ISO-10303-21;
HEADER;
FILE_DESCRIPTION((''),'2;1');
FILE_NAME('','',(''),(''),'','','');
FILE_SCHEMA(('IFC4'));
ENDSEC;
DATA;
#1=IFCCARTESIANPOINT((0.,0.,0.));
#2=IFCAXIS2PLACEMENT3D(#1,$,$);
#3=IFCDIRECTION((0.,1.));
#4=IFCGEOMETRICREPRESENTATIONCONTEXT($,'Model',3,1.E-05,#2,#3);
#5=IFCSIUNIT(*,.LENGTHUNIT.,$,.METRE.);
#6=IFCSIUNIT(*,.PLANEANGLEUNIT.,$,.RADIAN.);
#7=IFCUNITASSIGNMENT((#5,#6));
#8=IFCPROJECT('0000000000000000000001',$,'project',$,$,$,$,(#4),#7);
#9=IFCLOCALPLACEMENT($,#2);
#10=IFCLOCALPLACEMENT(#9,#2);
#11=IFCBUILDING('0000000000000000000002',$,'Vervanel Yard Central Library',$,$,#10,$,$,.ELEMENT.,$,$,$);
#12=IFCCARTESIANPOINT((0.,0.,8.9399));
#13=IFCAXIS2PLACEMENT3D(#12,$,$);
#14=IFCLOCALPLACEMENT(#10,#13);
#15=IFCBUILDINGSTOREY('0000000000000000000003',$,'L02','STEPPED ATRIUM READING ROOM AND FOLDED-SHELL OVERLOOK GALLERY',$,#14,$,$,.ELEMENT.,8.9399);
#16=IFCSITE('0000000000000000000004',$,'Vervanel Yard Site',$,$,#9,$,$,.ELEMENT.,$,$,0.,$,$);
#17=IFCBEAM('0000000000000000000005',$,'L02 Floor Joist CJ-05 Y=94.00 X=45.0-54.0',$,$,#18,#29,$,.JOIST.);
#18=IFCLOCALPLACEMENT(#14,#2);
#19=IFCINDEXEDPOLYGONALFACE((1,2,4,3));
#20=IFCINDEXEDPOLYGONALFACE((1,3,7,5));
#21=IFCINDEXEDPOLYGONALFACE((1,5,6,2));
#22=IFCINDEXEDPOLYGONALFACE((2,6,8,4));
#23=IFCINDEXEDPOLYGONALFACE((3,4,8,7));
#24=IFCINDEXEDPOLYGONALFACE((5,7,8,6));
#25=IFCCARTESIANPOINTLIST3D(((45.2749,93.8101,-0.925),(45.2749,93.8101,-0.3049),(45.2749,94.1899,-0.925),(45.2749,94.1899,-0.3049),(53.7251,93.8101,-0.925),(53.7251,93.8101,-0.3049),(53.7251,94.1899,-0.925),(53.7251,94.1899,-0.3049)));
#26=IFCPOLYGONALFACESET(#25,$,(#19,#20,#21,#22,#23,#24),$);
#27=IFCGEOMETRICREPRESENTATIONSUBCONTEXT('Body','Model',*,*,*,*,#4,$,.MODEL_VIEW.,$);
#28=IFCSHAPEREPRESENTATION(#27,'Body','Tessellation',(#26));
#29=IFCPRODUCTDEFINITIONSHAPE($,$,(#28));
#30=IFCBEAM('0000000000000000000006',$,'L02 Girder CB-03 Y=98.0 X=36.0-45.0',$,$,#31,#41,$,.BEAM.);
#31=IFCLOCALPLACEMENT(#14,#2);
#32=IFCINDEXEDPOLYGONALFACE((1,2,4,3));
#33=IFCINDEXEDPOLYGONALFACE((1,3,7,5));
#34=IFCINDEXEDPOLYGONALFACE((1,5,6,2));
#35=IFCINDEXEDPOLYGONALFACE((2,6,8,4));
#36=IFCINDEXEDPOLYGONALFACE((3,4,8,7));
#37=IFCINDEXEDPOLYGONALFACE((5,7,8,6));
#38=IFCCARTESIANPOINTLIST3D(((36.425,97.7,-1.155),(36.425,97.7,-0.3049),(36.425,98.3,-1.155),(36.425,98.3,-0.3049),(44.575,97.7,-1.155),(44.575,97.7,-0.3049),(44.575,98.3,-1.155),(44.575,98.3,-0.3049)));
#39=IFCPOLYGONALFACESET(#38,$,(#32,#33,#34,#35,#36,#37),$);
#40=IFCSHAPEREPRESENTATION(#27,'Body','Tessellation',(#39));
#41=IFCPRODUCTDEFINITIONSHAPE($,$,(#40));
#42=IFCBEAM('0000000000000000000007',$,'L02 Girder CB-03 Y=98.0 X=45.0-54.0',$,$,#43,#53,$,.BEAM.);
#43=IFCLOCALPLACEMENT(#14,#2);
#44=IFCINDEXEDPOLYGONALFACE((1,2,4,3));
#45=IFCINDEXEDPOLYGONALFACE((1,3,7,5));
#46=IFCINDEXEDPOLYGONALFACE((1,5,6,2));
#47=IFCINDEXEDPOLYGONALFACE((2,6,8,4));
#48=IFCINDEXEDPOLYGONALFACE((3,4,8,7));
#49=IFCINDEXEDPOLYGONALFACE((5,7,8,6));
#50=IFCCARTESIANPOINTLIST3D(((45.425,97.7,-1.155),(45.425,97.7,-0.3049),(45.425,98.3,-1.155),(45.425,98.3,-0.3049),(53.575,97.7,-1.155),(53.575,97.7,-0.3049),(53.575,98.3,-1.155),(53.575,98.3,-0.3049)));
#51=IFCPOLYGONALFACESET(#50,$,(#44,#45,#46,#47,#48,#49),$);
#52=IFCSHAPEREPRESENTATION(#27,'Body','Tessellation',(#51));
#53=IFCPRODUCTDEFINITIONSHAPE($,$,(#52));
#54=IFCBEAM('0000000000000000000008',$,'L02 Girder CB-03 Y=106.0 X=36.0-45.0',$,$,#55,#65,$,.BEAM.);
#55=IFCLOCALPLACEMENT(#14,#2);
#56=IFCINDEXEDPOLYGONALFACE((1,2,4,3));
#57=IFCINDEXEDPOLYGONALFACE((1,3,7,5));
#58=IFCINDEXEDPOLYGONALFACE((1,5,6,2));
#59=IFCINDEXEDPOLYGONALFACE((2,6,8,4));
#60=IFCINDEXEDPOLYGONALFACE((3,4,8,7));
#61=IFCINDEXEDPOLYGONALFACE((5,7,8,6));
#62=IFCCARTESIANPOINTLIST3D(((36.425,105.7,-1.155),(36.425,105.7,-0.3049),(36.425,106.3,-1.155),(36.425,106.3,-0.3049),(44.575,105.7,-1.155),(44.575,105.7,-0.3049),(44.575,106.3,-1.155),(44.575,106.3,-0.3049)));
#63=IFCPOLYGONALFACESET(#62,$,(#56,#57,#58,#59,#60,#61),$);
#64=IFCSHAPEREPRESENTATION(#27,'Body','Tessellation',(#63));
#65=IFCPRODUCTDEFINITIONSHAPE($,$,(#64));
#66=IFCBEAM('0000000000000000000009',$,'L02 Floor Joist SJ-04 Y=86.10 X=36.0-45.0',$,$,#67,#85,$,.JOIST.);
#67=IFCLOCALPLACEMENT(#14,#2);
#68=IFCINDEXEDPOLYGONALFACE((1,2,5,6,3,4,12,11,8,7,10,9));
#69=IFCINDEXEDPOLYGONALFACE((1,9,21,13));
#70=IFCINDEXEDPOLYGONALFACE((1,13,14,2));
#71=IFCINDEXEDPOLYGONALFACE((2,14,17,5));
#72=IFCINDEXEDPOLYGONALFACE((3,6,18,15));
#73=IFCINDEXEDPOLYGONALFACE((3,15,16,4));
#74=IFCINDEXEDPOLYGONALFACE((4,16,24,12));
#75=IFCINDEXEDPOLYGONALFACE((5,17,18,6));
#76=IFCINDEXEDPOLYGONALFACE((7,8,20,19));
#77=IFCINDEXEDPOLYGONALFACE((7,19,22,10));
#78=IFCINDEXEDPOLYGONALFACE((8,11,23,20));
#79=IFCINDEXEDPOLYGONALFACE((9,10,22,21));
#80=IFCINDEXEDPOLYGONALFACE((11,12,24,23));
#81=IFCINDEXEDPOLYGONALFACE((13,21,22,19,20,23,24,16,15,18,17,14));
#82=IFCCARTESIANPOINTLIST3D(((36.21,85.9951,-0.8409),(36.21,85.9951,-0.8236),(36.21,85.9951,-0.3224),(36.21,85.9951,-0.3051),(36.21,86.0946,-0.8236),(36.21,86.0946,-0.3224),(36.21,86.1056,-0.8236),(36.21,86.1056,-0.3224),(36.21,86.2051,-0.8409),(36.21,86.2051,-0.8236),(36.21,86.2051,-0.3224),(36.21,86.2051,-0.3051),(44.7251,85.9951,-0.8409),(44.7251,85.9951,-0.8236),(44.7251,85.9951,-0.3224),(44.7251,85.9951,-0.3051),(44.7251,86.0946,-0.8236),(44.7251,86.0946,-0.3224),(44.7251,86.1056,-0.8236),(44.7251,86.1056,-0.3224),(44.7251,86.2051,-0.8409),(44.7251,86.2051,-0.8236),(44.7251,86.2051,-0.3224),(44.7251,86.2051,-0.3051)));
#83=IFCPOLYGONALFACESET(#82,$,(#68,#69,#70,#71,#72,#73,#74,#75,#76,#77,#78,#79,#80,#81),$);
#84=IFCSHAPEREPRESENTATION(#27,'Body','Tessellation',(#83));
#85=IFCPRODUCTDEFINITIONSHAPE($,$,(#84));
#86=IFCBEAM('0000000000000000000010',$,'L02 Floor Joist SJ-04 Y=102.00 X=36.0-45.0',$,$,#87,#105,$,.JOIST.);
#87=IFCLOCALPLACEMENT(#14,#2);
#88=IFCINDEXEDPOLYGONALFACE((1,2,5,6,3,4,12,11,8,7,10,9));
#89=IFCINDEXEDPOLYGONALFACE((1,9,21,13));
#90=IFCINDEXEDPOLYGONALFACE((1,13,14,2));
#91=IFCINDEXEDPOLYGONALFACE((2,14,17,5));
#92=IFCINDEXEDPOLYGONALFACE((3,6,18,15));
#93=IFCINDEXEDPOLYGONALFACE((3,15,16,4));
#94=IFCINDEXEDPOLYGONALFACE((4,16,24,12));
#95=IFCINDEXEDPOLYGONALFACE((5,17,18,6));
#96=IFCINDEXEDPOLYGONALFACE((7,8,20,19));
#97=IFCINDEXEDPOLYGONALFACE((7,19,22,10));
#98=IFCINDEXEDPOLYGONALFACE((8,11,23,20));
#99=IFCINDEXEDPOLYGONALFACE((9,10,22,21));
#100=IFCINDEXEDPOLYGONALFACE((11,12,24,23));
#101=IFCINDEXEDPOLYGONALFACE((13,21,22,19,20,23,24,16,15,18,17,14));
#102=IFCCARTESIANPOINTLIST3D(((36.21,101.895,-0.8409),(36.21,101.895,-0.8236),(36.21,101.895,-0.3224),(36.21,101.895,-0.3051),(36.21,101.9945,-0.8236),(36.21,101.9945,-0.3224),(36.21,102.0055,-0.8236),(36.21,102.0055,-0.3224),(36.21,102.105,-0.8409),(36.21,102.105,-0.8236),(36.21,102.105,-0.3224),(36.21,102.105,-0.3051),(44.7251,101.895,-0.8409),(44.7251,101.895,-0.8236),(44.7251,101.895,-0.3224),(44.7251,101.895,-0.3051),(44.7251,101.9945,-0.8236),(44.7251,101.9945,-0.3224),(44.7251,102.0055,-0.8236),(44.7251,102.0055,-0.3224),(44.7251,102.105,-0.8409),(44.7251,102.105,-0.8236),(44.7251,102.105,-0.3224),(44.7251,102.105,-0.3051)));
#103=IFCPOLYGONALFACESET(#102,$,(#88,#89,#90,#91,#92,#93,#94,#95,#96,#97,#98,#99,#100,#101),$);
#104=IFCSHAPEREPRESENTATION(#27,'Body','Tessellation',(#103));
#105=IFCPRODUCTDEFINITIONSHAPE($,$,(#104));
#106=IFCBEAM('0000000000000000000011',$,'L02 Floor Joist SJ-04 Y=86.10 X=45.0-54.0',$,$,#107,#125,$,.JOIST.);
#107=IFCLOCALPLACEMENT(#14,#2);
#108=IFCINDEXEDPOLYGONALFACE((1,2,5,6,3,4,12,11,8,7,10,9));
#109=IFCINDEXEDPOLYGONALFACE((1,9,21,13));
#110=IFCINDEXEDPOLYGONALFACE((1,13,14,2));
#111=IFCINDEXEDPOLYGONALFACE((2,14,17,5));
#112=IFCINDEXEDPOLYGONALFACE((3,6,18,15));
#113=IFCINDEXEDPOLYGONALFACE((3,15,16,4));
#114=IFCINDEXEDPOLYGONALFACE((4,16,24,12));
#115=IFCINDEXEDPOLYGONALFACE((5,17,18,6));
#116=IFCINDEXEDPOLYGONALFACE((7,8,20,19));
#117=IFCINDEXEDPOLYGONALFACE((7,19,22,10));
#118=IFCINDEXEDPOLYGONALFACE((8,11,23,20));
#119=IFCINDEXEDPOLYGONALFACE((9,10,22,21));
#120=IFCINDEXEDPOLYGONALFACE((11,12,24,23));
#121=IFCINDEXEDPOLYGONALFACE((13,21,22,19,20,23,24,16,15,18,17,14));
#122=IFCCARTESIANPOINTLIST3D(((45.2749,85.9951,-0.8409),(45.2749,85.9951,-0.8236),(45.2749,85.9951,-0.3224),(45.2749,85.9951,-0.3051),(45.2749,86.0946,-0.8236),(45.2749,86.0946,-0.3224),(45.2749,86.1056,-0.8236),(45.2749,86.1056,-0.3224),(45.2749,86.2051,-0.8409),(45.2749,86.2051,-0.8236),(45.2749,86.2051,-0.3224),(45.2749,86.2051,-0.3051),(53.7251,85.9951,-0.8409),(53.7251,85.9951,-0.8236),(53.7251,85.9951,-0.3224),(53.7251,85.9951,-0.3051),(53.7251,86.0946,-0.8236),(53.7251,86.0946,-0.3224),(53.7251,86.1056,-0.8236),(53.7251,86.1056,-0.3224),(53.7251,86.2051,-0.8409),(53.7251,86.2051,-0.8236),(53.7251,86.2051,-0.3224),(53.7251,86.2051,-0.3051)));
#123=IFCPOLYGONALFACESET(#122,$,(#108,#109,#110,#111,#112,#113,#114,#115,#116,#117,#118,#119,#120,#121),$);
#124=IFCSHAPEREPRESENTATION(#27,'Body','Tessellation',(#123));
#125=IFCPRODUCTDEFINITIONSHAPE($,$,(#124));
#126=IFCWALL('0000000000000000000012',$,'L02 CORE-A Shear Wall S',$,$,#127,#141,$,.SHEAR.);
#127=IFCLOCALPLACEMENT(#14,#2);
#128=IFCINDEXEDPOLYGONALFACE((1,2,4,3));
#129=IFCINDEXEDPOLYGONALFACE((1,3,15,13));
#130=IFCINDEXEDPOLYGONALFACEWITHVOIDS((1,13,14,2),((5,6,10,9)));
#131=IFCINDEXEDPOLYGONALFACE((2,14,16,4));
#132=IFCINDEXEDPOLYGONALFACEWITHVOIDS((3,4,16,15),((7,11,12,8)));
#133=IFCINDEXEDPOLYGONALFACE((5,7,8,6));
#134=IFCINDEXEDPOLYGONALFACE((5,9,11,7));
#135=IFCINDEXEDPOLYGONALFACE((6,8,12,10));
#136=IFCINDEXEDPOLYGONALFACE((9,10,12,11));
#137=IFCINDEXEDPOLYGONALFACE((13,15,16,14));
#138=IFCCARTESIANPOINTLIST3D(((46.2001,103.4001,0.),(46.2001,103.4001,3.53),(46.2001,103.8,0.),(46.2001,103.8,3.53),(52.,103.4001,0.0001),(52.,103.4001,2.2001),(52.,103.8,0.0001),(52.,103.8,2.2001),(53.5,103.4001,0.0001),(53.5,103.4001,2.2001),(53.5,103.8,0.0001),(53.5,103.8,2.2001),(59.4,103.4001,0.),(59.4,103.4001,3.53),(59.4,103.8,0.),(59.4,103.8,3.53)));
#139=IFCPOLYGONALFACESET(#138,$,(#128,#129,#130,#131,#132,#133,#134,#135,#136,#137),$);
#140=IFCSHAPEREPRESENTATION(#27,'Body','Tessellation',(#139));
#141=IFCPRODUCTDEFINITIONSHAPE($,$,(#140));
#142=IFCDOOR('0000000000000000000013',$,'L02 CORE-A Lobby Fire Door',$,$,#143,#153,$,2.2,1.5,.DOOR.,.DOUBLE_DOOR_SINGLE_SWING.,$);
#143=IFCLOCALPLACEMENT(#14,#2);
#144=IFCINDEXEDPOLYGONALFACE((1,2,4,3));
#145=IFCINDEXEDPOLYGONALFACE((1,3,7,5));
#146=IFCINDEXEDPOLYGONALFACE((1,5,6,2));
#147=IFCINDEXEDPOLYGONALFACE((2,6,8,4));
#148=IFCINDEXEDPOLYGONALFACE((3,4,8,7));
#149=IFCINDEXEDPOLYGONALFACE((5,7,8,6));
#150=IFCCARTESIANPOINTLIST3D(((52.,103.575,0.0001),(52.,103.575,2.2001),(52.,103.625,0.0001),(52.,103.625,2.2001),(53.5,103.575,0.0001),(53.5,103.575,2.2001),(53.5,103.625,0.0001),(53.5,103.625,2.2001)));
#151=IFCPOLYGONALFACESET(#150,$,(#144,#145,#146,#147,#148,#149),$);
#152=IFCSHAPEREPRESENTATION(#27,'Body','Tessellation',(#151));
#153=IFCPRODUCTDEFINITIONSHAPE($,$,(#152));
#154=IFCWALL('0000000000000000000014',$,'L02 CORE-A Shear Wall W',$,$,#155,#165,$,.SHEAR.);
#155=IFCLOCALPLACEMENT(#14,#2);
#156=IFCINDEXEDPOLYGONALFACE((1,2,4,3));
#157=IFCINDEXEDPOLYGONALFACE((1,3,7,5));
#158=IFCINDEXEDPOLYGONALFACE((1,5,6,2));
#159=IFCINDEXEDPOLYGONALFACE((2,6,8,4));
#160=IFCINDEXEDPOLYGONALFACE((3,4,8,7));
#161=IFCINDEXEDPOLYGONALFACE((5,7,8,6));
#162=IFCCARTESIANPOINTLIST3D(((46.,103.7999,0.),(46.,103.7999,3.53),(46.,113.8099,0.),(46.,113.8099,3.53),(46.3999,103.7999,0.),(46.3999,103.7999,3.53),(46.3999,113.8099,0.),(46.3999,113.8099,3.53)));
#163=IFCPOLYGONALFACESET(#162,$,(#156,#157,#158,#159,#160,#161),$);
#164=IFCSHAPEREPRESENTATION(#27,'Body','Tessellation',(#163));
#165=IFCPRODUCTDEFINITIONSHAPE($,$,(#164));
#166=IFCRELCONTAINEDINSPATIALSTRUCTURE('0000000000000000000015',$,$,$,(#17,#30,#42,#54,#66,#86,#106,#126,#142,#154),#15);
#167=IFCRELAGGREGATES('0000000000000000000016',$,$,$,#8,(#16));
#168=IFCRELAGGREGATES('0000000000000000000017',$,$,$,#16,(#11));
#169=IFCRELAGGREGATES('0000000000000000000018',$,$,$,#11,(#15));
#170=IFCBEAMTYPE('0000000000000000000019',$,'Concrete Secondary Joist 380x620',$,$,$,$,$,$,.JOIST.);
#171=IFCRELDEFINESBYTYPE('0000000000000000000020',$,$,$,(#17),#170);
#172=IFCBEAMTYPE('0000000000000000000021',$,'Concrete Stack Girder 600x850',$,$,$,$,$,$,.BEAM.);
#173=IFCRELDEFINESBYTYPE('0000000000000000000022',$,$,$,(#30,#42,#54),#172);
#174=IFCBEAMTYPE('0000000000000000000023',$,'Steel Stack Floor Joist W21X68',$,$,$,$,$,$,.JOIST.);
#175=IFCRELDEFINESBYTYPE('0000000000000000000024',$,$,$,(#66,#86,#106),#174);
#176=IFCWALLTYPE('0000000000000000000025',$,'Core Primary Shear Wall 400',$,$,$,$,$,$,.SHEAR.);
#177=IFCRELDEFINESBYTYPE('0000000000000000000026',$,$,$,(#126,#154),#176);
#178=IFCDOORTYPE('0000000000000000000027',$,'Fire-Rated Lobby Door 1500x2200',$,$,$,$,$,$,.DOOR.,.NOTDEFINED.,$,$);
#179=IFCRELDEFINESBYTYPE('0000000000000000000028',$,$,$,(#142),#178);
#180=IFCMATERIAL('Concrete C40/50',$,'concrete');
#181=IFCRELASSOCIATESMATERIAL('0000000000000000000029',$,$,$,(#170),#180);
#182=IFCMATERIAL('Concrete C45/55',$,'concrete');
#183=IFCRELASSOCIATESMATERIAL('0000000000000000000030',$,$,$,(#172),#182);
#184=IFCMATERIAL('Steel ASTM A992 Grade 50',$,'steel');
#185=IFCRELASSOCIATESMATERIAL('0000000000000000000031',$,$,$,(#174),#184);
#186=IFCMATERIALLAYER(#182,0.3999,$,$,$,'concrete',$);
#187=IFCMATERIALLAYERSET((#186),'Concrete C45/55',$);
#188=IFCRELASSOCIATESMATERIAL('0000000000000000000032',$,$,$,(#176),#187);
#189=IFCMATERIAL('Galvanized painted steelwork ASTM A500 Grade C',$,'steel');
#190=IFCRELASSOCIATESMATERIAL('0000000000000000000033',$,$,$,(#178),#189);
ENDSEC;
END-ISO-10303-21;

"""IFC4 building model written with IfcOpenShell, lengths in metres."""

from ifc_helpers import new_model, si_unit, direction, frame, frame_2d, origin, origin_2d, place, context, subcontext, project, spatial, rectangle, i_section, extrude, material, layer, layer_set, material_profile, profile_set, type_object, element, fill, save


model = new_model("IFC4")

# Units and contexts
model_context = context("Model", 3, precision=1e-05, world=origin(), true_north=direction((0.0, 1.0)))
body_context = subcontext(model_context, "Body", "Model", "MODEL_VIEW")
ifc_project = project(units=[si_unit("LENGTHUNIT", "METRE"), si_unit("PLANEANGLEUNIT", "RADIAN")], contexts=[model_context])

# Site, building, storey
site_placement = place(None, origin())
site = spatial("IfcSite", under=ifc_project, at=site_placement, Name="Vervanel Yard Site", CompositionType="ELEMENT", RefElevation=0.0)
building_placement = place(site_placement, origin())
building = spatial("IfcBuilding", under=site, at=building_placement, Name="Vervanel Yard Central Library", CompositionType="ELEMENT")
storey_placement = place(building_placement, frame((0.0, 0.0, 8.9399)))
storey = spatial("IfcBuildingStorey", under=building, at=storey_placement, Name="L02", Description="STEPPED ATRIUM READING ROOM AND FOLDED-SHELL OVERLOOK GALLERY", CompositionType="ELEMENT", Elevation=8.9399)

# Shared definitions
ifc_material_1 = material(Name="Concrete C40/50", Category="concrete")

# Beams
ifc_material_2 = material(Name="Concrete C45/55", Category="concrete")
ifc_material_profile_1 = material_profile(ifc_material_1, rectangle(XDim=0.3799, YDim=0.6201, at=origin_2d()), Name="RC 380x620", Category="concrete")
ifc_profile_set_1 = profile_set([ifc_material_profile_1], Name="Concrete C40/50")
beam_type_1 = type_object("IfcBeamType", Name="Concrete Secondary Joist 380x620", PredefinedType="JOIST", material=ifc_profile_set_1)
beam_1_placement = place(storey_placement, frame((45.2749, 94.0, -0.615), z_axis=(1.0, 0.0, 0.0), x_axis=(0.0, 1.0, 0.0)))
element("IfcBeam", 1, at=beam_1_placement, inside=storey, type_object=beam_type_1, Name="L02 Floor Joist CJ-05 Y=94.00 X=45.0-54.0", PredefinedType="JOIST", context=body_context, shape_type="SweptSolid", body=[
    extrude(rectangle(XDim=0.3799, YDim=0.6201, at=origin_2d()), origin(), (0.0, 0.0, 1.0), 8.4502),
])
ifc_material_profile_2 = material_profile(ifc_material_2, rectangle(XDim=0.6001, YDim=0.8501, at=origin_2d()), Name="RC 600x850", Category="concrete")
ifc_profile_set_2 = profile_set([ifc_material_profile_2], Name="Concrete C45/55")
beam_type_2 = type_object("IfcBeamType", Name="Concrete Stack Girder 600x850", PredefinedType="BEAM", material=ifc_profile_set_2)
for number, where, z_axis, x_axis, name in (
    (2, (36.425, 98.0, -0.73), (1.0, 0.0, 0.0), (0.0, 1.0, 0.0), "L02 Girder CB-03 Y=98.0 X=36.0-45.0"),
    (3, (45.425, 98.0, -0.73), (1.0, 0.0, 0.0), (0.0, 1.0, 0.0), "L02 Girder CB-03 Y=98.0 X=45.0-54.0"),
    (4, (36.425, 106.0, -0.73), (1.0, 0.0, 0.0), (0.0, 1.0, 0.0), "L02 Girder CB-03 Y=106.0 X=36.0-45.0"),
):
    element("IfcBeam", number, at=place(storey_placement, frame(where, z_axis=z_axis, x_axis=x_axis)), inside=storey, type_object=beam_type_2, Name=name, PredefinedType="BEAM", context=body_context, shape_type="SweptSolid", body=[
        extrude(rectangle(XDim=0.6001, YDim=0.8501, at=origin_2d()), origin(), (0.0, 0.0, 1.0), 8.1499),
    ])
ifc_material_3 = material(Name="Steel ASTM A992 Grade 50", Category="steel")
ifc_material_profile_3 = material_profile(ifc_material_3, i_section(OverallWidth=0.21, OverallDepth=0.5359, WebThickness=0.011, FlangeThickness=0.0173, at=origin_2d()), Name="W21X68", Category="steel")
ifc_profile_set_3 = profile_set([ifc_material_profile_3], Name="Steel ASTM A992 Grade 50")
beam_type_3 = type_object("IfcBeamType", Name="Steel Stack Floor Joist W21X68", PredefinedType="JOIST", material=ifc_profile_set_3)
for number, where, z_axis, x_axis, name in (
    (5, (36.21, 86.1001, -0.573), (1.0, 0.0, 0.0), (0.0, 1.0, 0.0), "L02 Floor Joist SJ-04 Y=86.10 X=36.0-45.0"),
    (6, (36.21, 102.0, -0.573), (1.0, 0.0, 0.0), (0.0, 1.0, 0.0), "L02 Floor Joist SJ-04 Y=102.00 X=36.0-45.0"),
):
    element("IfcBeam", number, at=place(storey_placement, frame(where, z_axis=z_axis, x_axis=x_axis)), inside=storey, type_object=beam_type_3, Name=name, PredefinedType="JOIST", context=body_context, shape_type="SweptSolid", body=[
        extrude(i_section(OverallWidth=0.21, OverallDepth=0.5359, WebThickness=0.011, FlangeThickness=0.0173, at=origin_2d()), origin(), (0.0, 0.0, 1.0), 8.5151),
    ])
beam_2_placement = place(storey_placement, frame((45.2749, 86.1001, -0.573), z_axis=(1.0, 0.0, 0.0), x_axis=(0.0, 1.0, 0.0)))
element("IfcBeam", 7, at=beam_2_placement, inside=storey, type_object=beam_type_3, Name="L02 Floor Joist SJ-04 Y=86.10 X=45.0-54.0", PredefinedType="JOIST", context=body_context, shape_type="SweptSolid", body=[
    extrude(i_section(OverallWidth=0.21, OverallDepth=0.5359, WebThickness=0.011, FlangeThickness=0.0173, at=origin_2d()), origin(), (0.0, 0.0, 1.0), 8.4502),
])

# Wall, opening, door
ifc_layer_1 = layer(ifc_material_2, 0.3999, Category="concrete")
ifc_layer_set_1 = layer_set([ifc_layer_1], Name="Concrete C45/55")
wall_type_1 = type_object("IfcWallType", Name="Core Primary Shear Wall 400", PredefinedType="SHEAR", material=ifc_layer_set_1)
wall_1_placement = place(storey_placement, frame((46.2, 103.6001, 0.0), z_axis=(0.0, 0.0, 1.0), x_axis=(1.0, 0.0, 0.0)))
wall_1 = element("IfcWall", 8, at=wall_1_placement, inside=storey, type_object=wall_type_1, Name="L02 CORE-A Shear Wall S", PredefinedType="SHEAR", context=body_context, shape_type="SweptSolid", body=[
    extrude(rectangle(XDim=13.2, YDim=0.3999, at=frame_2d((6.6001, 0.0))), origin(), (0.0, 0.0, 1.0), 3.53),
])
opening_1_placement = place(wall_1_placement, frame((5.8, 0.0, 0.0)))
opening_1 = element("IfcOpeningElement", 9, at=opening_1_placement, cuts=wall_1, PredefinedType="OPENING", context=body_context, shape_type="SweptSolid", body=[
    extrude(rectangle(XDim=1.5, YDim=2.2, at=frame_2d((0.75, 1.1001))), frame((0.0, 0.21, 0.0), z_axis=(0.0, -1.0, 0.0), x_axis=(1.0, 0.0, 0.0)), (0.0, 0.0, 1.0), 0.4199),
])
ifc_material_4 = material(Name="Galvanized painted steelwork ASTM A500 Grade C", Category="steel")
door_type_1 = type_object("IfcDoorType", Name="Fire-Rated Lobby Door 1500x2200", OperationType="NOTDEFINED", PredefinedType="DOOR", material=ifc_material_4)
door_1_placement = place(opening_1_placement, origin())
door_1 = element("IfcDoor", 10, at=door_1_placement, inside=storey, type_object=door_type_1, Name="L02 CORE-A Lobby Fire Door", OperationType="DOUBLE_DOOR_SINGLE_SWING", OverallHeight=2.2, OverallWidth=1.5, PredefinedType="DOOR", context=body_context, shape_type="SweptSolid", body=[
    extrude(rectangle(XDim=1.5, YDim=2.2, at=frame_2d((0.75, 1.1001))), frame((0.0, 0.0249, 0.0), z_axis=(0.0, -1.0, 0.0), x_axis=(1.0, 0.0, 0.0)), (0.0, 0.0, 1.0), 0.05),
])
fill(opening_1, door_1)

# Wall
wall_2_placement = place(storey_placement, frame((46.2, 103.8, 0.0), z_axis=(0.0, 0.0, 1.0), x_axis=(0.0, 1.0, 0.0)))
element("IfcWall", 11, at=wall_2_placement, inside=storey, type_object=wall_type_1, Name="L02 CORE-A Shear Wall W", PredefinedType="SHEAR", context=body_context, shape_type="SweptSolid", body=[
    extrude(rectangle(XDim=10.01, YDim=0.3999, at=frame_2d((5.0049, 0.0))), origin(), (0.0, 0.0, 1.0), 3.53),
])

save(model, "model.ifc")
